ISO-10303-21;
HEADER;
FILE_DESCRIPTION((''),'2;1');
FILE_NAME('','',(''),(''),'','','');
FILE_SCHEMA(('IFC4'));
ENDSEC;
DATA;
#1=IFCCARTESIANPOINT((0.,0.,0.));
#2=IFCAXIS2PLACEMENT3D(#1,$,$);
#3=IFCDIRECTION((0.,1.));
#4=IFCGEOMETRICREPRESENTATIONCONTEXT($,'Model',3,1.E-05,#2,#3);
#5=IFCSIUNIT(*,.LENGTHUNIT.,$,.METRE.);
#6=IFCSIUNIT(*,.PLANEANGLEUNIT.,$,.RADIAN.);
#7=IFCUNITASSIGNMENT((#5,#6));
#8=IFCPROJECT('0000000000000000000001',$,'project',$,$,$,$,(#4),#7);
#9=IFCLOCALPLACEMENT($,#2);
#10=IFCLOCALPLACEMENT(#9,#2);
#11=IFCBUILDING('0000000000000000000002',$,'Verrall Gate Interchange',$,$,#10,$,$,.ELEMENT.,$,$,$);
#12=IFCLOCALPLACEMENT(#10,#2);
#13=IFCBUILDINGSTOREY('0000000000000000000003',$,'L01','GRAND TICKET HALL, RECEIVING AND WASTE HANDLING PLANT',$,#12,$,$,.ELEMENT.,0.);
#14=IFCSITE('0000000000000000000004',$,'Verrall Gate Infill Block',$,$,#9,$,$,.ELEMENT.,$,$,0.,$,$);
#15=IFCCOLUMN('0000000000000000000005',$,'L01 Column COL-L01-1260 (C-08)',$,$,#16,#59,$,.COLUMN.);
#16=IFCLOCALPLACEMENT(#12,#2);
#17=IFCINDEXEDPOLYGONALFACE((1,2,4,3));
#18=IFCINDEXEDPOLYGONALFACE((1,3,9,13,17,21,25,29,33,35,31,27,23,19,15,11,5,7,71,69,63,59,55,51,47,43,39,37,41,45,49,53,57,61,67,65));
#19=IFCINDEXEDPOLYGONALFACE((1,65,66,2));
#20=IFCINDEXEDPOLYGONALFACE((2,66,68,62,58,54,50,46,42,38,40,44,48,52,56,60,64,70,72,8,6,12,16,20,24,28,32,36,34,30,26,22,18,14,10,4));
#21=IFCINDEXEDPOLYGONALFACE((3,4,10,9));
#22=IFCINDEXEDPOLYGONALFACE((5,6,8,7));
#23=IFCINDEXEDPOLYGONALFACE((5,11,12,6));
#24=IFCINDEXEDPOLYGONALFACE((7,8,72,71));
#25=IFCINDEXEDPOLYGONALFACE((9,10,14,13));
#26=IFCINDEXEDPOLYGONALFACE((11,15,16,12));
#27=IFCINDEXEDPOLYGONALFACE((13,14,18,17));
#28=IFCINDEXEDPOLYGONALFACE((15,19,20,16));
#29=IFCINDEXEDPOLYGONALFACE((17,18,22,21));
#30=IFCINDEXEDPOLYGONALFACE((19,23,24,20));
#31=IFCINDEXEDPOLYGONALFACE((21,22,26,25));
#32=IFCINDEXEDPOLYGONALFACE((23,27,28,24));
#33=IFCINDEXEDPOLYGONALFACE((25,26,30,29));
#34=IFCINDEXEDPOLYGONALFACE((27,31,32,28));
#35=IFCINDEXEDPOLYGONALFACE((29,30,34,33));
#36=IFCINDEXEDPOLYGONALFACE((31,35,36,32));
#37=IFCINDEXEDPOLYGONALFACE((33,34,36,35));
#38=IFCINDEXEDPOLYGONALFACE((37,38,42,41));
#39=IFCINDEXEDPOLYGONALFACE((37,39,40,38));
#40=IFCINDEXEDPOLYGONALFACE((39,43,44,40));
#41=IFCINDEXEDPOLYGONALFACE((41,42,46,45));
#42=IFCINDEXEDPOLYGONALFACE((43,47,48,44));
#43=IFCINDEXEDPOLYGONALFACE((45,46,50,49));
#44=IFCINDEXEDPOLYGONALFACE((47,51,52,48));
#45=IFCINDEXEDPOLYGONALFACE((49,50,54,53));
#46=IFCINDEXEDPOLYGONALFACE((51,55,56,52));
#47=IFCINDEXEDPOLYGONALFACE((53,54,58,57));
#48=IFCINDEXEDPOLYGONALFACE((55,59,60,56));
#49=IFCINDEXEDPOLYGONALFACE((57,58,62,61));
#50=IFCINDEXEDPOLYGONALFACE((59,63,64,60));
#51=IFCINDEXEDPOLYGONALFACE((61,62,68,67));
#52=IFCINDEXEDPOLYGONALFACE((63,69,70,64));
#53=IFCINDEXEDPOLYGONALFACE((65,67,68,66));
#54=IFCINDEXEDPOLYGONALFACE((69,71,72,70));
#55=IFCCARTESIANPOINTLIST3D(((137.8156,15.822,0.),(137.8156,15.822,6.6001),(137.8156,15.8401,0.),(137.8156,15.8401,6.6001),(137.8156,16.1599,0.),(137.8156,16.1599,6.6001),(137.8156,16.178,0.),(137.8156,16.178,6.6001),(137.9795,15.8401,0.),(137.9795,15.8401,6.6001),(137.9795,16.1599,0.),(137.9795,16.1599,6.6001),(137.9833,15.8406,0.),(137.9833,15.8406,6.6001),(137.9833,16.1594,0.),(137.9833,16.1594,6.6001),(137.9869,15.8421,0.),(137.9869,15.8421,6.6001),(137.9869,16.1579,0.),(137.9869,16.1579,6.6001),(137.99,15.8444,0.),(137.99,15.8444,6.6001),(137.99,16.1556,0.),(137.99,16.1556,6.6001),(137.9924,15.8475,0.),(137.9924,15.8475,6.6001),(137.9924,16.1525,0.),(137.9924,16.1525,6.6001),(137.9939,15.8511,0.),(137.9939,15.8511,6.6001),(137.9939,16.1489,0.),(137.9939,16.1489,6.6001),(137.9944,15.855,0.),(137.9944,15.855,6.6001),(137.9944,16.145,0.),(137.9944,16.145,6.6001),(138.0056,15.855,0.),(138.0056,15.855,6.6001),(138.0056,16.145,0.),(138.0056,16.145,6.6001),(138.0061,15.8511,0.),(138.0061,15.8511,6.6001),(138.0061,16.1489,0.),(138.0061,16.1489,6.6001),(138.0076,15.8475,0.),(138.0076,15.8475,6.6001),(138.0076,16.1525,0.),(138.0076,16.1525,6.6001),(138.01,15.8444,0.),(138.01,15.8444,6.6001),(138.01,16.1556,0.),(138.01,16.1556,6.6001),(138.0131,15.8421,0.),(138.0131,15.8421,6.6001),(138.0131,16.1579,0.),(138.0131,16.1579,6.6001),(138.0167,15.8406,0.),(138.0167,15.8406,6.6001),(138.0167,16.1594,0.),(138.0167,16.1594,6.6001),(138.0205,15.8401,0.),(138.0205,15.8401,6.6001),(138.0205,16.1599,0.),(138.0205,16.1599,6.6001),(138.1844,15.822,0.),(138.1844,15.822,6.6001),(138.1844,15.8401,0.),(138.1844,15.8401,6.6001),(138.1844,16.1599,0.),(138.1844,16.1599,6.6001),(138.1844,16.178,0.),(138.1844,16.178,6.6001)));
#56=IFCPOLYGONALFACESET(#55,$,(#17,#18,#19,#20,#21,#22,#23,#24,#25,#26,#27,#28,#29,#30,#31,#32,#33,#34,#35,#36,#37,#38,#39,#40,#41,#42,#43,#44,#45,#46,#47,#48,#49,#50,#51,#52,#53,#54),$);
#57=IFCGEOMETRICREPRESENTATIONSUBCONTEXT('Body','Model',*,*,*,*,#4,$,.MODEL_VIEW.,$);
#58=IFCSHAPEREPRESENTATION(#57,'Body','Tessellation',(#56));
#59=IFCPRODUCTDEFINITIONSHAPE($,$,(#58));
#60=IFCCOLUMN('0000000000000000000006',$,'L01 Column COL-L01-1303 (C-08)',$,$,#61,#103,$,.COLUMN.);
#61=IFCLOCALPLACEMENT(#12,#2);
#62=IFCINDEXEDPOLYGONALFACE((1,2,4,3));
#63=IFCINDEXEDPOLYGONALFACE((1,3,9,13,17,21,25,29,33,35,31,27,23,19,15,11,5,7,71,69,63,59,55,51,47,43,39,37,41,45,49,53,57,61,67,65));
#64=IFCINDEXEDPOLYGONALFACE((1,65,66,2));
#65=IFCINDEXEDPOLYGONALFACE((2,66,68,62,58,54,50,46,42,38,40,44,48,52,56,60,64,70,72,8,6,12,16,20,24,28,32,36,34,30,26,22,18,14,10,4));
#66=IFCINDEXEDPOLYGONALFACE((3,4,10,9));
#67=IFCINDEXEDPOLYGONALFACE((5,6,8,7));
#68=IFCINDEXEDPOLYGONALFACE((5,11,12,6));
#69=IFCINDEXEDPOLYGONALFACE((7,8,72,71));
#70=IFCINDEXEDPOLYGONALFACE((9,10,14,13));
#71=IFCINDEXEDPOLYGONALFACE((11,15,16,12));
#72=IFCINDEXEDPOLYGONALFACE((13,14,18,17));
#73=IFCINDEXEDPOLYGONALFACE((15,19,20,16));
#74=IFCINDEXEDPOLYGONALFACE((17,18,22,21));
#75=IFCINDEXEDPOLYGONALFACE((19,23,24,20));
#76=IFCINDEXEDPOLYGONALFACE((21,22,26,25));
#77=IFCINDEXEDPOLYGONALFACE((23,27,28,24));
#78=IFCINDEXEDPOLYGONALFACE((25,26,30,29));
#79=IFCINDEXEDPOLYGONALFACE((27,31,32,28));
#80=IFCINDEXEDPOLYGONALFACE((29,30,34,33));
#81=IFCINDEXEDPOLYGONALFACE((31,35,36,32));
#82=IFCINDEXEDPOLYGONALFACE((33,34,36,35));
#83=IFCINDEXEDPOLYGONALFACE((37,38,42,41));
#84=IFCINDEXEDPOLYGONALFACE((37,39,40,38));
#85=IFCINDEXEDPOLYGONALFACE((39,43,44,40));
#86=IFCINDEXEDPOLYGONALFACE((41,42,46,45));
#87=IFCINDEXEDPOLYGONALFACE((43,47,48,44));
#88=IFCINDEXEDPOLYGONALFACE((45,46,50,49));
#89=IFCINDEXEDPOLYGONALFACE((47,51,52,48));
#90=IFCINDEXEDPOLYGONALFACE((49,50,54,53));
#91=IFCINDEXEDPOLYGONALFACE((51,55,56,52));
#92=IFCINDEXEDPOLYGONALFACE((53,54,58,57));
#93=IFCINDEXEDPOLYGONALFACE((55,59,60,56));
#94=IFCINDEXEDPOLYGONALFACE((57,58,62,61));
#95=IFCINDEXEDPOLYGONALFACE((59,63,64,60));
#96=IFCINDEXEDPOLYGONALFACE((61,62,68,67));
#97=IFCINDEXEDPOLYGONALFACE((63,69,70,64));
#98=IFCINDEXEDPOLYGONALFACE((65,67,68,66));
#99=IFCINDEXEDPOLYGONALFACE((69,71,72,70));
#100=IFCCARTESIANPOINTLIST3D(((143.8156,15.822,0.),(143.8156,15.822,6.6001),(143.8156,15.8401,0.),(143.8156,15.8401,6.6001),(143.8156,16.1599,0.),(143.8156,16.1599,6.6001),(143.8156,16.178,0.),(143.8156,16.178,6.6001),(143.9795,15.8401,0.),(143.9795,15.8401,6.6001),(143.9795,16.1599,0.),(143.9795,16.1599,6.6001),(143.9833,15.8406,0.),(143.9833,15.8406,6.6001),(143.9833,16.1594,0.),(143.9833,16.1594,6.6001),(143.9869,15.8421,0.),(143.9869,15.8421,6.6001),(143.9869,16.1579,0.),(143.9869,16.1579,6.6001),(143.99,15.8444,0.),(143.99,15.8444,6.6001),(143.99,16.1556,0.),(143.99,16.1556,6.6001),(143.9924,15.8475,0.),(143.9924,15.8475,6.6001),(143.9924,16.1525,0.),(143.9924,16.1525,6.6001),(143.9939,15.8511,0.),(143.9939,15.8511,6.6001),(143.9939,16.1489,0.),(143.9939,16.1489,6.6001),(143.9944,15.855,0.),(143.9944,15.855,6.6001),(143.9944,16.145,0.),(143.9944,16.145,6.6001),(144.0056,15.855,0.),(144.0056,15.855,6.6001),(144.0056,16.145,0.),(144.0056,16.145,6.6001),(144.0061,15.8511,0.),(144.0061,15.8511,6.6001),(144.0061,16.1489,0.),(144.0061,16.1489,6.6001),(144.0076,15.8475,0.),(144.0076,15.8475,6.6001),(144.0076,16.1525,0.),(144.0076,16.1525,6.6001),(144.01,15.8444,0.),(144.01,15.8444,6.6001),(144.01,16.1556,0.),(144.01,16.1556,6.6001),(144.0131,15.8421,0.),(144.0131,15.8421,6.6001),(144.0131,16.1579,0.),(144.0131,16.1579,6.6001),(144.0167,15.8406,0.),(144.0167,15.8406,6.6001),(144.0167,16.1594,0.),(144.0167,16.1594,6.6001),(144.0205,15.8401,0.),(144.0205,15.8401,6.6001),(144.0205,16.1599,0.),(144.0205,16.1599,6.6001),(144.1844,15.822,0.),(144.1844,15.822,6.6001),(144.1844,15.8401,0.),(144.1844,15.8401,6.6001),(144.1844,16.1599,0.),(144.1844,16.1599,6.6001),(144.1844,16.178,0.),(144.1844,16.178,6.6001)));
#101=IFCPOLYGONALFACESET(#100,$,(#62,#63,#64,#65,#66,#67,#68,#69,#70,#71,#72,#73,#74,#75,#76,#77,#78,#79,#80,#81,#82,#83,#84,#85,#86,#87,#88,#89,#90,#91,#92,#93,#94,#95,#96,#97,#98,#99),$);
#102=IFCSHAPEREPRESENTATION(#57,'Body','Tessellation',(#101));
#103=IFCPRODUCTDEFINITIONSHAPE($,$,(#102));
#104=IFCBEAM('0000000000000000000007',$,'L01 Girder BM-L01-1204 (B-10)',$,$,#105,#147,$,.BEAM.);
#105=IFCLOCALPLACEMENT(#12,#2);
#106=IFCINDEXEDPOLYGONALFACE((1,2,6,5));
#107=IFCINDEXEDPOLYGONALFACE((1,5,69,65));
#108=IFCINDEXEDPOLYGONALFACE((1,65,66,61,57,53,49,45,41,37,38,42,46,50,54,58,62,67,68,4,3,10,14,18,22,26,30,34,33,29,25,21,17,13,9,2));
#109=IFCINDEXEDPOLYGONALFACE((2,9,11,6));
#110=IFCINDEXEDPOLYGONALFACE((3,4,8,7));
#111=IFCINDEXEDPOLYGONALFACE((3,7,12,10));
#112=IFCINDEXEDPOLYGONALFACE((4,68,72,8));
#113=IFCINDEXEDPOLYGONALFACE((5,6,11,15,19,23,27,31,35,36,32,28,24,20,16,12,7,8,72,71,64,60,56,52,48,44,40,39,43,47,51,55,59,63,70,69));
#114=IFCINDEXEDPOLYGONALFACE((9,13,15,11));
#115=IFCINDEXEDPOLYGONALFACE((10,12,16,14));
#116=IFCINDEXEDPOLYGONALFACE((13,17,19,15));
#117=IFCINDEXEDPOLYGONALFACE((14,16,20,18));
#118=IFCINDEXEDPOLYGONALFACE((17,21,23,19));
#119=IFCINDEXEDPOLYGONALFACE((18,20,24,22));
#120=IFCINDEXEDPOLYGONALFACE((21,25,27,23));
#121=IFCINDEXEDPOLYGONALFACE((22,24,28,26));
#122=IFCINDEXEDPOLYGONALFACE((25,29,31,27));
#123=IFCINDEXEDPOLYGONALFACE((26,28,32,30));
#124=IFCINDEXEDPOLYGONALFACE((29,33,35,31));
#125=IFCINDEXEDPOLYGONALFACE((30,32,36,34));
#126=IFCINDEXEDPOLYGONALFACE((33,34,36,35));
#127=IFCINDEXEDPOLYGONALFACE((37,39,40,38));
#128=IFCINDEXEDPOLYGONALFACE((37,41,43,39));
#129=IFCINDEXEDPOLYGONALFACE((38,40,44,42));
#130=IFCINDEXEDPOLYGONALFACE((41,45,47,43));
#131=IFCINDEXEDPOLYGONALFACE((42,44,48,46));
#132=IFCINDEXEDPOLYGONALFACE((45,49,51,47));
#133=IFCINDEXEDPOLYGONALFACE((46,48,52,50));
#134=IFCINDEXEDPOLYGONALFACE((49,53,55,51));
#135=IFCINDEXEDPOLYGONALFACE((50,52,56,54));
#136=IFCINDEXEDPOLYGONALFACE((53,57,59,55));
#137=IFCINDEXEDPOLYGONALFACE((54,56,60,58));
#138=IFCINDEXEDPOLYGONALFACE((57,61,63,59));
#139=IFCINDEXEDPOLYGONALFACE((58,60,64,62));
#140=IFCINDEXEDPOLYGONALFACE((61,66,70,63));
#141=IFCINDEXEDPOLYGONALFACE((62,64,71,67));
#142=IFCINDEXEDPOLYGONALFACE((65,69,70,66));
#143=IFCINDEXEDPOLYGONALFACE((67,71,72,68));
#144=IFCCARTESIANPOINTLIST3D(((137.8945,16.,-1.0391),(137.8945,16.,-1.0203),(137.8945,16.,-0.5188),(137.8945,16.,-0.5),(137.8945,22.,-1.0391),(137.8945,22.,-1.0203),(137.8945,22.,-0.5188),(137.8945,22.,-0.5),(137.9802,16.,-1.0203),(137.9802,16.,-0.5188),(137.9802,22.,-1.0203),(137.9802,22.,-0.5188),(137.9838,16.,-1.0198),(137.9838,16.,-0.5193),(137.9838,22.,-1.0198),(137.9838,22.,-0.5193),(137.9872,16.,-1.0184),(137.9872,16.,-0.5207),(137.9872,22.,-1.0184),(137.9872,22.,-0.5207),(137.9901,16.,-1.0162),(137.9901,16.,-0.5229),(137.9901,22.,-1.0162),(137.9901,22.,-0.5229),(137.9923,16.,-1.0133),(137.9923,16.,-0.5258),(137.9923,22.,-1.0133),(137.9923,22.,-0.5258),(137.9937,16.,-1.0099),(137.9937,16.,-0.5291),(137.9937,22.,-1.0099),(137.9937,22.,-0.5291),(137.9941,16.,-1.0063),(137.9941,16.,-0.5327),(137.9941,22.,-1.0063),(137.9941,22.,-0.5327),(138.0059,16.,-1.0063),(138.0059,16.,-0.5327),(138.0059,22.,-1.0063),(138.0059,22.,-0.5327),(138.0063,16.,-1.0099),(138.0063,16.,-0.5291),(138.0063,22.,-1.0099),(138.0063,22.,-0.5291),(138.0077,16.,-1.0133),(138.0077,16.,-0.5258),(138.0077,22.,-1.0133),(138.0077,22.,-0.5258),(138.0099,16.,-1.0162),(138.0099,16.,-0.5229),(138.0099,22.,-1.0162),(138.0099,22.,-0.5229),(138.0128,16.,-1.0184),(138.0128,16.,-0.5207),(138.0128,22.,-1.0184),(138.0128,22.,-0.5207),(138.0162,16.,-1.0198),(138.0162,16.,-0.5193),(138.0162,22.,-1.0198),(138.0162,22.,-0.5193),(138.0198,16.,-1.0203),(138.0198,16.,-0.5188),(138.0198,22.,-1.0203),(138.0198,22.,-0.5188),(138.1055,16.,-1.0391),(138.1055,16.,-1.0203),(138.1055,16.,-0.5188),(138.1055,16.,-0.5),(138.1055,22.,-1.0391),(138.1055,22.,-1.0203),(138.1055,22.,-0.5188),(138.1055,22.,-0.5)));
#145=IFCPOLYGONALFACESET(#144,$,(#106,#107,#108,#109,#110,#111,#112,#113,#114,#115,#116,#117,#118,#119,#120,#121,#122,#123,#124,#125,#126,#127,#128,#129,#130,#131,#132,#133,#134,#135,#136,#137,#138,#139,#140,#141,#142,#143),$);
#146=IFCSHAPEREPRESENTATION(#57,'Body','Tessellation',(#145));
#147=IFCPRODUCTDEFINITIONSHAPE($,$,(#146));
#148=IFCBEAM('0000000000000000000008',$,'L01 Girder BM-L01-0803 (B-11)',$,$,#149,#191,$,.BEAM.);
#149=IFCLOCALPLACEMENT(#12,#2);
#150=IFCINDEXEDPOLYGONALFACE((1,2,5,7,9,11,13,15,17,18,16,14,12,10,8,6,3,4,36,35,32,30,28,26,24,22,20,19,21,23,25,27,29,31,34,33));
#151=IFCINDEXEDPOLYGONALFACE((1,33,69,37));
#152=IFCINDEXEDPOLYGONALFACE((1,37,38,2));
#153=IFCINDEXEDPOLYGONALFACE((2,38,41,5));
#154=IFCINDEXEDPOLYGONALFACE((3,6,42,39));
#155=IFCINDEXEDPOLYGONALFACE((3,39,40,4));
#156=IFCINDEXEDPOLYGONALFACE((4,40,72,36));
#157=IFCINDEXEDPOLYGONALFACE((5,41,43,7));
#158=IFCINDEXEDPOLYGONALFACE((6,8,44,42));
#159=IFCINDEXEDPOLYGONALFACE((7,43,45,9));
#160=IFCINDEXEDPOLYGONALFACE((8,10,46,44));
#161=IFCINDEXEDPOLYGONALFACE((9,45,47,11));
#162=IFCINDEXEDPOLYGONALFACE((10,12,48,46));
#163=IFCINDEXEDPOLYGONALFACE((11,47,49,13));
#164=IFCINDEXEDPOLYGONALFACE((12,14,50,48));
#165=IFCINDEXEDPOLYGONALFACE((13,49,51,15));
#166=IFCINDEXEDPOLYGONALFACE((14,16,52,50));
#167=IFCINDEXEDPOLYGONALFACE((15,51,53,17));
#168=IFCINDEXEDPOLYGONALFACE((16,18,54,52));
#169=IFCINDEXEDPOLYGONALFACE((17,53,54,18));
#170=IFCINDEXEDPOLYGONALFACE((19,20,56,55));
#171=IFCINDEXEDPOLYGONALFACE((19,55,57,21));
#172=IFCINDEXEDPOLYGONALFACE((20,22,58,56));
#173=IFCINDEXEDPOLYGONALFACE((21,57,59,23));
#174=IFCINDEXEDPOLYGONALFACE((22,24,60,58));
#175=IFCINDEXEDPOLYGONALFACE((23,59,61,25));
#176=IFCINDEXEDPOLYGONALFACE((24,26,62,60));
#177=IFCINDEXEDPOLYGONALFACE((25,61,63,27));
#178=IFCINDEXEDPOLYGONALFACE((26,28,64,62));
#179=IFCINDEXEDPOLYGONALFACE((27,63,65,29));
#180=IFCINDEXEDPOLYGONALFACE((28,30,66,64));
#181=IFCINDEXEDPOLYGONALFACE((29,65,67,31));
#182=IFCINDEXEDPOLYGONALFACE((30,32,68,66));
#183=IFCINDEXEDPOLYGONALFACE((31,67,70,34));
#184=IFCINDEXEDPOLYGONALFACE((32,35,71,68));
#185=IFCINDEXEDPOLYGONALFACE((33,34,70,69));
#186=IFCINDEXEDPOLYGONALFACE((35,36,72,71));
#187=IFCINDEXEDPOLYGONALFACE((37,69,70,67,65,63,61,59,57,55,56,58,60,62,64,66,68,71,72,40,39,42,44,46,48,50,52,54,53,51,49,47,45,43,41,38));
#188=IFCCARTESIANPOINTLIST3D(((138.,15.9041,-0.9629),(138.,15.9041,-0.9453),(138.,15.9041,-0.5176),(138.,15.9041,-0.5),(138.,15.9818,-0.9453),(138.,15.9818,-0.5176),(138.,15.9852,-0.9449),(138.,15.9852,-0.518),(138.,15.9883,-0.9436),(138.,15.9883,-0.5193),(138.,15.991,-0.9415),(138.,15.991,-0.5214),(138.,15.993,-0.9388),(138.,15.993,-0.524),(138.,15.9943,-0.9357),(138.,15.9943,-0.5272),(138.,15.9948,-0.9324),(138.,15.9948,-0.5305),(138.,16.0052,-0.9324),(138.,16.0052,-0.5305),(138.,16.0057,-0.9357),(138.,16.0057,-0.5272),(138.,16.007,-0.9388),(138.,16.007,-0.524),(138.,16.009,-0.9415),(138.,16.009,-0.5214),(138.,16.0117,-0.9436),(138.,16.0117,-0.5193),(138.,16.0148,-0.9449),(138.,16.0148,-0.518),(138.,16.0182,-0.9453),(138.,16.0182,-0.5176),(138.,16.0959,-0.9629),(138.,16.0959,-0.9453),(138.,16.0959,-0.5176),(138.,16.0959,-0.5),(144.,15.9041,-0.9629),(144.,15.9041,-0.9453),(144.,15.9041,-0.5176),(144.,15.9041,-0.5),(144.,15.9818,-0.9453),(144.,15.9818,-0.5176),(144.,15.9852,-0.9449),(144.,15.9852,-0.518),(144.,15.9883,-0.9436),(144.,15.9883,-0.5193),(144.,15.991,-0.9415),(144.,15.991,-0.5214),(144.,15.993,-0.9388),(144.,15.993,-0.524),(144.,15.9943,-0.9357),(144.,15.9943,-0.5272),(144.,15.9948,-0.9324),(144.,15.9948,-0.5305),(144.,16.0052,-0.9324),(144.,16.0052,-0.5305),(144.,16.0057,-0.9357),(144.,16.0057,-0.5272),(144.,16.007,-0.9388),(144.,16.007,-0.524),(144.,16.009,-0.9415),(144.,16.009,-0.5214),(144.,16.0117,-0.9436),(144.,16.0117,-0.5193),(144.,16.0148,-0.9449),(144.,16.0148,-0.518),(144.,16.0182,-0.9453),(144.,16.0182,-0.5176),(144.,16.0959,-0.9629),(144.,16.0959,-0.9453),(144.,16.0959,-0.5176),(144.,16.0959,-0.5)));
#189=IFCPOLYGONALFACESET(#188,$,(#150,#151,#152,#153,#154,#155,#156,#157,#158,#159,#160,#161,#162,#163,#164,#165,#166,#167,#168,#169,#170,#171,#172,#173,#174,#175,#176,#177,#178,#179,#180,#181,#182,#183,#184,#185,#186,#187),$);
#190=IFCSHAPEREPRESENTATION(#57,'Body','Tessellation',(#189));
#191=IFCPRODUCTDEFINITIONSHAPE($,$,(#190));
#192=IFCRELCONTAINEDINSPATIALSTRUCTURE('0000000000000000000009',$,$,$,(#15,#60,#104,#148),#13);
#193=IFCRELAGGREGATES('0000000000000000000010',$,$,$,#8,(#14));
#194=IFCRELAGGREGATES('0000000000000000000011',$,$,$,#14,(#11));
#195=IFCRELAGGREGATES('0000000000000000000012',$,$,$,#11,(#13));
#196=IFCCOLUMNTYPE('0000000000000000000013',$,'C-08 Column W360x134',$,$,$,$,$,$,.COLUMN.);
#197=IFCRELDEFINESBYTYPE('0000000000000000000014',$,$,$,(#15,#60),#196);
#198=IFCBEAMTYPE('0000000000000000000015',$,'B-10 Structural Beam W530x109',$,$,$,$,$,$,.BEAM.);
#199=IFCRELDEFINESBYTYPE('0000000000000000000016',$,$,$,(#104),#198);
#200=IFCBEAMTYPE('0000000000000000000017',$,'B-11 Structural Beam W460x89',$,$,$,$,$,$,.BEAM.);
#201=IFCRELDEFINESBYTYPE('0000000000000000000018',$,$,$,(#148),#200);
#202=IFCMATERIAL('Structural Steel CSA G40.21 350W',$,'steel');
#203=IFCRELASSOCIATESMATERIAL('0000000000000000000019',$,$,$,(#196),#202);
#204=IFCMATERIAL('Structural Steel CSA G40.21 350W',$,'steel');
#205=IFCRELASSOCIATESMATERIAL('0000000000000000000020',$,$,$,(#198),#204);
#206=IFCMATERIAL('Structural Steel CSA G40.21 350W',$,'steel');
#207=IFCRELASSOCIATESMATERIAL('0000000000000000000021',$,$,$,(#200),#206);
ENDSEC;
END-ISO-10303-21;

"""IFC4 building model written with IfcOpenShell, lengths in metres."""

from ifc_helpers import new_model, si_unit, direction, frame, origin, origin_2d, place, context, subcontext, project, spatial, i_section, extrude, material, material_profile, profile_set, type_object, element, save


model = new_model("IFC4")

# Units and contexts
model_context = context("Model", 3, precision=1e-05, world=origin(), true_north=direction((0.0, 1.0)))
body_context = subcontext(model_context, "Body", "Model", "MODEL_VIEW")
ifc_project = project(units=[si_unit("LENGTHUNIT", "METRE"), si_unit("PLANEANGLEUNIT", "RADIAN")], contexts=[model_context])

# Site, building, storey
site_placement = place(None, origin())
site = spatial("IfcSite", under=ifc_project, at=site_placement, Name="Verrall Gate Infill Block", CompositionType="ELEMENT", RefElevation=0.0)
building_placement = place(site_placement, origin())
building = spatial("IfcBuilding", under=site, at=building_placement, Name="Verrall Gate Interchange", CompositionType="ELEMENT")
storey_placement = place(building_placement, origin())
storey = spatial("IfcBuildingStorey", under=building, at=storey_placement, Name="L01", Description="GRAND TICKET HALL, RECEIVING AND WASTE HANDLING PLANT", CompositionType="ELEMENT", Elevation=0.0)

# Columns
ifc_material_1 = material(Name="Structural Steel CSA G40.21 350W", Category="steel")
ifc_material_profile_1 = material_profile(ifc_material_1, i_section(OverallWidth=0.3689, OverallDepth=0.356, WebThickness=0.0112, FlangeThickness=0.0181, FilletRadius=0.0149, at=origin_2d()), Name="W360x134")
ifc_profile_set_1 = profile_set([ifc_material_profile_1], Name="Structural Steel CSA G40.21 350W")
column_type = type_object("IfcColumnType", Name="C-08 Column W360x134", PredefinedType="COLUMN", material=ifc_profile_set_1)
for number, where, z_axis, x_axis, name in (
    (1, (138.0, 16.0, 0.0), (0.0, 0.0, 1.0), (1.0, 0.0, 0.0), "L01 Column COL-L01-1260 (C-08)"),
    (2, (144.0, 16.0, 0.0), (0.0, 0.0, 1.0), (1.0, 0.0, 0.0), "L01 Column COL-L01-1303 (C-08)"),
):
    element("IfcColumn", number, at=place(storey_placement, frame(where, z_axis=z_axis, x_axis=x_axis)), inside=storey, type_object=column_type, Name=name, PredefinedType="COLUMN", context=body_context, shape_type="SweptSolid", body=[
        extrude(i_section(OverallWidth=0.3689, OverallDepth=0.356, WebThickness=0.0112, FlangeThickness=0.0181, FilletRadius=0.0149, at=origin_2d()), origin(), (0.0, 0.0, 1.0), 6.6001),
    ])

# Beams
ifc_material_2 = material(Name="Structural Steel CSA G40.21 350W", Category="steel")
ifc_material_profile_2 = material_profile(ifc_material_2, i_section(OverallWidth=0.2109, OverallDepth=0.5391, WebThickness=0.0117, FlangeThickness=0.0188, FilletRadius=0.0139, at=origin_2d()), Name="W530x109")
ifc_profile_set_2 = profile_set([ifc_material_profile_2], Name="Structural Steel CSA G40.21 350W")
beam_type_1 = type_object("IfcBeamType", Name="B-10 Structural Beam W530x109", PredefinedType="BEAM", material=ifc_profile_set_2)
beam_1_placement = place(storey_placement, frame((138.0, 16.0, -0.7695), z_axis=(0.0, 1.0, 0.0), x_axis=(-1.0, 0.0, 0.0)))
element("IfcBeam", 3, at=beam_1_placement, inside=storey, type_object=beam_type_1, Name="L01 Girder BM-L01-1204 (B-10)", PredefinedType="BEAM", context=body_context, shape_type="SweptSolid", body=[
    extrude(i_section(OverallWidth=0.2109, OverallDepth=0.5391, WebThickness=0.0117, FlangeThickness=0.0188, FilletRadius=0.0139, at=origin_2d()), origin(), (0.0, 0.0, 1.0), 6.0),
])
ifc_material_3 = material(Name="Structural Steel CSA G40.21 350W", Category="steel")
ifc_material_profile_3 = material_profile(ifc_material_3, i_section(OverallWidth=0.1919, OverallDepth=0.4629, WebThickness=0.0105, FlangeThickness=0.0176, FilletRadius=0.0129, at=origin_2d()), Name="W460x89")
ifc_profile_set_3 = profile_set([ifc_material_profile_3], Name="Structural Steel CSA G40.21 350W")
beam_type_2 = type_object("IfcBeamType", Name="B-11 Structural Beam W460x89", PredefinedType="BEAM", material=ifc_profile_set_3)
beam_2_placement = place(storey_placement, frame((138.0, 16.0, -0.7314), z_axis=(1.0, 0.0, 0.0), x_axis=(0.0, 1.0, 0.0)))
element("IfcBeam", 4, at=beam_2_placement, inside=storey, type_object=beam_type_2, Name="L01 Girder BM-L01-0803 (B-11)", PredefinedType="BEAM", context=body_context, shape_type="SweptSolid", body=[
    extrude(i_section(OverallWidth=0.1919, OverallDepth=0.4629, WebThickness=0.0105, FlangeThickness=0.0176, FilletRadius=0.0129, at=origin_2d()), origin(), (0.0, 0.0, 1.0), 6.0),
])

save(model, "model.ifc")
